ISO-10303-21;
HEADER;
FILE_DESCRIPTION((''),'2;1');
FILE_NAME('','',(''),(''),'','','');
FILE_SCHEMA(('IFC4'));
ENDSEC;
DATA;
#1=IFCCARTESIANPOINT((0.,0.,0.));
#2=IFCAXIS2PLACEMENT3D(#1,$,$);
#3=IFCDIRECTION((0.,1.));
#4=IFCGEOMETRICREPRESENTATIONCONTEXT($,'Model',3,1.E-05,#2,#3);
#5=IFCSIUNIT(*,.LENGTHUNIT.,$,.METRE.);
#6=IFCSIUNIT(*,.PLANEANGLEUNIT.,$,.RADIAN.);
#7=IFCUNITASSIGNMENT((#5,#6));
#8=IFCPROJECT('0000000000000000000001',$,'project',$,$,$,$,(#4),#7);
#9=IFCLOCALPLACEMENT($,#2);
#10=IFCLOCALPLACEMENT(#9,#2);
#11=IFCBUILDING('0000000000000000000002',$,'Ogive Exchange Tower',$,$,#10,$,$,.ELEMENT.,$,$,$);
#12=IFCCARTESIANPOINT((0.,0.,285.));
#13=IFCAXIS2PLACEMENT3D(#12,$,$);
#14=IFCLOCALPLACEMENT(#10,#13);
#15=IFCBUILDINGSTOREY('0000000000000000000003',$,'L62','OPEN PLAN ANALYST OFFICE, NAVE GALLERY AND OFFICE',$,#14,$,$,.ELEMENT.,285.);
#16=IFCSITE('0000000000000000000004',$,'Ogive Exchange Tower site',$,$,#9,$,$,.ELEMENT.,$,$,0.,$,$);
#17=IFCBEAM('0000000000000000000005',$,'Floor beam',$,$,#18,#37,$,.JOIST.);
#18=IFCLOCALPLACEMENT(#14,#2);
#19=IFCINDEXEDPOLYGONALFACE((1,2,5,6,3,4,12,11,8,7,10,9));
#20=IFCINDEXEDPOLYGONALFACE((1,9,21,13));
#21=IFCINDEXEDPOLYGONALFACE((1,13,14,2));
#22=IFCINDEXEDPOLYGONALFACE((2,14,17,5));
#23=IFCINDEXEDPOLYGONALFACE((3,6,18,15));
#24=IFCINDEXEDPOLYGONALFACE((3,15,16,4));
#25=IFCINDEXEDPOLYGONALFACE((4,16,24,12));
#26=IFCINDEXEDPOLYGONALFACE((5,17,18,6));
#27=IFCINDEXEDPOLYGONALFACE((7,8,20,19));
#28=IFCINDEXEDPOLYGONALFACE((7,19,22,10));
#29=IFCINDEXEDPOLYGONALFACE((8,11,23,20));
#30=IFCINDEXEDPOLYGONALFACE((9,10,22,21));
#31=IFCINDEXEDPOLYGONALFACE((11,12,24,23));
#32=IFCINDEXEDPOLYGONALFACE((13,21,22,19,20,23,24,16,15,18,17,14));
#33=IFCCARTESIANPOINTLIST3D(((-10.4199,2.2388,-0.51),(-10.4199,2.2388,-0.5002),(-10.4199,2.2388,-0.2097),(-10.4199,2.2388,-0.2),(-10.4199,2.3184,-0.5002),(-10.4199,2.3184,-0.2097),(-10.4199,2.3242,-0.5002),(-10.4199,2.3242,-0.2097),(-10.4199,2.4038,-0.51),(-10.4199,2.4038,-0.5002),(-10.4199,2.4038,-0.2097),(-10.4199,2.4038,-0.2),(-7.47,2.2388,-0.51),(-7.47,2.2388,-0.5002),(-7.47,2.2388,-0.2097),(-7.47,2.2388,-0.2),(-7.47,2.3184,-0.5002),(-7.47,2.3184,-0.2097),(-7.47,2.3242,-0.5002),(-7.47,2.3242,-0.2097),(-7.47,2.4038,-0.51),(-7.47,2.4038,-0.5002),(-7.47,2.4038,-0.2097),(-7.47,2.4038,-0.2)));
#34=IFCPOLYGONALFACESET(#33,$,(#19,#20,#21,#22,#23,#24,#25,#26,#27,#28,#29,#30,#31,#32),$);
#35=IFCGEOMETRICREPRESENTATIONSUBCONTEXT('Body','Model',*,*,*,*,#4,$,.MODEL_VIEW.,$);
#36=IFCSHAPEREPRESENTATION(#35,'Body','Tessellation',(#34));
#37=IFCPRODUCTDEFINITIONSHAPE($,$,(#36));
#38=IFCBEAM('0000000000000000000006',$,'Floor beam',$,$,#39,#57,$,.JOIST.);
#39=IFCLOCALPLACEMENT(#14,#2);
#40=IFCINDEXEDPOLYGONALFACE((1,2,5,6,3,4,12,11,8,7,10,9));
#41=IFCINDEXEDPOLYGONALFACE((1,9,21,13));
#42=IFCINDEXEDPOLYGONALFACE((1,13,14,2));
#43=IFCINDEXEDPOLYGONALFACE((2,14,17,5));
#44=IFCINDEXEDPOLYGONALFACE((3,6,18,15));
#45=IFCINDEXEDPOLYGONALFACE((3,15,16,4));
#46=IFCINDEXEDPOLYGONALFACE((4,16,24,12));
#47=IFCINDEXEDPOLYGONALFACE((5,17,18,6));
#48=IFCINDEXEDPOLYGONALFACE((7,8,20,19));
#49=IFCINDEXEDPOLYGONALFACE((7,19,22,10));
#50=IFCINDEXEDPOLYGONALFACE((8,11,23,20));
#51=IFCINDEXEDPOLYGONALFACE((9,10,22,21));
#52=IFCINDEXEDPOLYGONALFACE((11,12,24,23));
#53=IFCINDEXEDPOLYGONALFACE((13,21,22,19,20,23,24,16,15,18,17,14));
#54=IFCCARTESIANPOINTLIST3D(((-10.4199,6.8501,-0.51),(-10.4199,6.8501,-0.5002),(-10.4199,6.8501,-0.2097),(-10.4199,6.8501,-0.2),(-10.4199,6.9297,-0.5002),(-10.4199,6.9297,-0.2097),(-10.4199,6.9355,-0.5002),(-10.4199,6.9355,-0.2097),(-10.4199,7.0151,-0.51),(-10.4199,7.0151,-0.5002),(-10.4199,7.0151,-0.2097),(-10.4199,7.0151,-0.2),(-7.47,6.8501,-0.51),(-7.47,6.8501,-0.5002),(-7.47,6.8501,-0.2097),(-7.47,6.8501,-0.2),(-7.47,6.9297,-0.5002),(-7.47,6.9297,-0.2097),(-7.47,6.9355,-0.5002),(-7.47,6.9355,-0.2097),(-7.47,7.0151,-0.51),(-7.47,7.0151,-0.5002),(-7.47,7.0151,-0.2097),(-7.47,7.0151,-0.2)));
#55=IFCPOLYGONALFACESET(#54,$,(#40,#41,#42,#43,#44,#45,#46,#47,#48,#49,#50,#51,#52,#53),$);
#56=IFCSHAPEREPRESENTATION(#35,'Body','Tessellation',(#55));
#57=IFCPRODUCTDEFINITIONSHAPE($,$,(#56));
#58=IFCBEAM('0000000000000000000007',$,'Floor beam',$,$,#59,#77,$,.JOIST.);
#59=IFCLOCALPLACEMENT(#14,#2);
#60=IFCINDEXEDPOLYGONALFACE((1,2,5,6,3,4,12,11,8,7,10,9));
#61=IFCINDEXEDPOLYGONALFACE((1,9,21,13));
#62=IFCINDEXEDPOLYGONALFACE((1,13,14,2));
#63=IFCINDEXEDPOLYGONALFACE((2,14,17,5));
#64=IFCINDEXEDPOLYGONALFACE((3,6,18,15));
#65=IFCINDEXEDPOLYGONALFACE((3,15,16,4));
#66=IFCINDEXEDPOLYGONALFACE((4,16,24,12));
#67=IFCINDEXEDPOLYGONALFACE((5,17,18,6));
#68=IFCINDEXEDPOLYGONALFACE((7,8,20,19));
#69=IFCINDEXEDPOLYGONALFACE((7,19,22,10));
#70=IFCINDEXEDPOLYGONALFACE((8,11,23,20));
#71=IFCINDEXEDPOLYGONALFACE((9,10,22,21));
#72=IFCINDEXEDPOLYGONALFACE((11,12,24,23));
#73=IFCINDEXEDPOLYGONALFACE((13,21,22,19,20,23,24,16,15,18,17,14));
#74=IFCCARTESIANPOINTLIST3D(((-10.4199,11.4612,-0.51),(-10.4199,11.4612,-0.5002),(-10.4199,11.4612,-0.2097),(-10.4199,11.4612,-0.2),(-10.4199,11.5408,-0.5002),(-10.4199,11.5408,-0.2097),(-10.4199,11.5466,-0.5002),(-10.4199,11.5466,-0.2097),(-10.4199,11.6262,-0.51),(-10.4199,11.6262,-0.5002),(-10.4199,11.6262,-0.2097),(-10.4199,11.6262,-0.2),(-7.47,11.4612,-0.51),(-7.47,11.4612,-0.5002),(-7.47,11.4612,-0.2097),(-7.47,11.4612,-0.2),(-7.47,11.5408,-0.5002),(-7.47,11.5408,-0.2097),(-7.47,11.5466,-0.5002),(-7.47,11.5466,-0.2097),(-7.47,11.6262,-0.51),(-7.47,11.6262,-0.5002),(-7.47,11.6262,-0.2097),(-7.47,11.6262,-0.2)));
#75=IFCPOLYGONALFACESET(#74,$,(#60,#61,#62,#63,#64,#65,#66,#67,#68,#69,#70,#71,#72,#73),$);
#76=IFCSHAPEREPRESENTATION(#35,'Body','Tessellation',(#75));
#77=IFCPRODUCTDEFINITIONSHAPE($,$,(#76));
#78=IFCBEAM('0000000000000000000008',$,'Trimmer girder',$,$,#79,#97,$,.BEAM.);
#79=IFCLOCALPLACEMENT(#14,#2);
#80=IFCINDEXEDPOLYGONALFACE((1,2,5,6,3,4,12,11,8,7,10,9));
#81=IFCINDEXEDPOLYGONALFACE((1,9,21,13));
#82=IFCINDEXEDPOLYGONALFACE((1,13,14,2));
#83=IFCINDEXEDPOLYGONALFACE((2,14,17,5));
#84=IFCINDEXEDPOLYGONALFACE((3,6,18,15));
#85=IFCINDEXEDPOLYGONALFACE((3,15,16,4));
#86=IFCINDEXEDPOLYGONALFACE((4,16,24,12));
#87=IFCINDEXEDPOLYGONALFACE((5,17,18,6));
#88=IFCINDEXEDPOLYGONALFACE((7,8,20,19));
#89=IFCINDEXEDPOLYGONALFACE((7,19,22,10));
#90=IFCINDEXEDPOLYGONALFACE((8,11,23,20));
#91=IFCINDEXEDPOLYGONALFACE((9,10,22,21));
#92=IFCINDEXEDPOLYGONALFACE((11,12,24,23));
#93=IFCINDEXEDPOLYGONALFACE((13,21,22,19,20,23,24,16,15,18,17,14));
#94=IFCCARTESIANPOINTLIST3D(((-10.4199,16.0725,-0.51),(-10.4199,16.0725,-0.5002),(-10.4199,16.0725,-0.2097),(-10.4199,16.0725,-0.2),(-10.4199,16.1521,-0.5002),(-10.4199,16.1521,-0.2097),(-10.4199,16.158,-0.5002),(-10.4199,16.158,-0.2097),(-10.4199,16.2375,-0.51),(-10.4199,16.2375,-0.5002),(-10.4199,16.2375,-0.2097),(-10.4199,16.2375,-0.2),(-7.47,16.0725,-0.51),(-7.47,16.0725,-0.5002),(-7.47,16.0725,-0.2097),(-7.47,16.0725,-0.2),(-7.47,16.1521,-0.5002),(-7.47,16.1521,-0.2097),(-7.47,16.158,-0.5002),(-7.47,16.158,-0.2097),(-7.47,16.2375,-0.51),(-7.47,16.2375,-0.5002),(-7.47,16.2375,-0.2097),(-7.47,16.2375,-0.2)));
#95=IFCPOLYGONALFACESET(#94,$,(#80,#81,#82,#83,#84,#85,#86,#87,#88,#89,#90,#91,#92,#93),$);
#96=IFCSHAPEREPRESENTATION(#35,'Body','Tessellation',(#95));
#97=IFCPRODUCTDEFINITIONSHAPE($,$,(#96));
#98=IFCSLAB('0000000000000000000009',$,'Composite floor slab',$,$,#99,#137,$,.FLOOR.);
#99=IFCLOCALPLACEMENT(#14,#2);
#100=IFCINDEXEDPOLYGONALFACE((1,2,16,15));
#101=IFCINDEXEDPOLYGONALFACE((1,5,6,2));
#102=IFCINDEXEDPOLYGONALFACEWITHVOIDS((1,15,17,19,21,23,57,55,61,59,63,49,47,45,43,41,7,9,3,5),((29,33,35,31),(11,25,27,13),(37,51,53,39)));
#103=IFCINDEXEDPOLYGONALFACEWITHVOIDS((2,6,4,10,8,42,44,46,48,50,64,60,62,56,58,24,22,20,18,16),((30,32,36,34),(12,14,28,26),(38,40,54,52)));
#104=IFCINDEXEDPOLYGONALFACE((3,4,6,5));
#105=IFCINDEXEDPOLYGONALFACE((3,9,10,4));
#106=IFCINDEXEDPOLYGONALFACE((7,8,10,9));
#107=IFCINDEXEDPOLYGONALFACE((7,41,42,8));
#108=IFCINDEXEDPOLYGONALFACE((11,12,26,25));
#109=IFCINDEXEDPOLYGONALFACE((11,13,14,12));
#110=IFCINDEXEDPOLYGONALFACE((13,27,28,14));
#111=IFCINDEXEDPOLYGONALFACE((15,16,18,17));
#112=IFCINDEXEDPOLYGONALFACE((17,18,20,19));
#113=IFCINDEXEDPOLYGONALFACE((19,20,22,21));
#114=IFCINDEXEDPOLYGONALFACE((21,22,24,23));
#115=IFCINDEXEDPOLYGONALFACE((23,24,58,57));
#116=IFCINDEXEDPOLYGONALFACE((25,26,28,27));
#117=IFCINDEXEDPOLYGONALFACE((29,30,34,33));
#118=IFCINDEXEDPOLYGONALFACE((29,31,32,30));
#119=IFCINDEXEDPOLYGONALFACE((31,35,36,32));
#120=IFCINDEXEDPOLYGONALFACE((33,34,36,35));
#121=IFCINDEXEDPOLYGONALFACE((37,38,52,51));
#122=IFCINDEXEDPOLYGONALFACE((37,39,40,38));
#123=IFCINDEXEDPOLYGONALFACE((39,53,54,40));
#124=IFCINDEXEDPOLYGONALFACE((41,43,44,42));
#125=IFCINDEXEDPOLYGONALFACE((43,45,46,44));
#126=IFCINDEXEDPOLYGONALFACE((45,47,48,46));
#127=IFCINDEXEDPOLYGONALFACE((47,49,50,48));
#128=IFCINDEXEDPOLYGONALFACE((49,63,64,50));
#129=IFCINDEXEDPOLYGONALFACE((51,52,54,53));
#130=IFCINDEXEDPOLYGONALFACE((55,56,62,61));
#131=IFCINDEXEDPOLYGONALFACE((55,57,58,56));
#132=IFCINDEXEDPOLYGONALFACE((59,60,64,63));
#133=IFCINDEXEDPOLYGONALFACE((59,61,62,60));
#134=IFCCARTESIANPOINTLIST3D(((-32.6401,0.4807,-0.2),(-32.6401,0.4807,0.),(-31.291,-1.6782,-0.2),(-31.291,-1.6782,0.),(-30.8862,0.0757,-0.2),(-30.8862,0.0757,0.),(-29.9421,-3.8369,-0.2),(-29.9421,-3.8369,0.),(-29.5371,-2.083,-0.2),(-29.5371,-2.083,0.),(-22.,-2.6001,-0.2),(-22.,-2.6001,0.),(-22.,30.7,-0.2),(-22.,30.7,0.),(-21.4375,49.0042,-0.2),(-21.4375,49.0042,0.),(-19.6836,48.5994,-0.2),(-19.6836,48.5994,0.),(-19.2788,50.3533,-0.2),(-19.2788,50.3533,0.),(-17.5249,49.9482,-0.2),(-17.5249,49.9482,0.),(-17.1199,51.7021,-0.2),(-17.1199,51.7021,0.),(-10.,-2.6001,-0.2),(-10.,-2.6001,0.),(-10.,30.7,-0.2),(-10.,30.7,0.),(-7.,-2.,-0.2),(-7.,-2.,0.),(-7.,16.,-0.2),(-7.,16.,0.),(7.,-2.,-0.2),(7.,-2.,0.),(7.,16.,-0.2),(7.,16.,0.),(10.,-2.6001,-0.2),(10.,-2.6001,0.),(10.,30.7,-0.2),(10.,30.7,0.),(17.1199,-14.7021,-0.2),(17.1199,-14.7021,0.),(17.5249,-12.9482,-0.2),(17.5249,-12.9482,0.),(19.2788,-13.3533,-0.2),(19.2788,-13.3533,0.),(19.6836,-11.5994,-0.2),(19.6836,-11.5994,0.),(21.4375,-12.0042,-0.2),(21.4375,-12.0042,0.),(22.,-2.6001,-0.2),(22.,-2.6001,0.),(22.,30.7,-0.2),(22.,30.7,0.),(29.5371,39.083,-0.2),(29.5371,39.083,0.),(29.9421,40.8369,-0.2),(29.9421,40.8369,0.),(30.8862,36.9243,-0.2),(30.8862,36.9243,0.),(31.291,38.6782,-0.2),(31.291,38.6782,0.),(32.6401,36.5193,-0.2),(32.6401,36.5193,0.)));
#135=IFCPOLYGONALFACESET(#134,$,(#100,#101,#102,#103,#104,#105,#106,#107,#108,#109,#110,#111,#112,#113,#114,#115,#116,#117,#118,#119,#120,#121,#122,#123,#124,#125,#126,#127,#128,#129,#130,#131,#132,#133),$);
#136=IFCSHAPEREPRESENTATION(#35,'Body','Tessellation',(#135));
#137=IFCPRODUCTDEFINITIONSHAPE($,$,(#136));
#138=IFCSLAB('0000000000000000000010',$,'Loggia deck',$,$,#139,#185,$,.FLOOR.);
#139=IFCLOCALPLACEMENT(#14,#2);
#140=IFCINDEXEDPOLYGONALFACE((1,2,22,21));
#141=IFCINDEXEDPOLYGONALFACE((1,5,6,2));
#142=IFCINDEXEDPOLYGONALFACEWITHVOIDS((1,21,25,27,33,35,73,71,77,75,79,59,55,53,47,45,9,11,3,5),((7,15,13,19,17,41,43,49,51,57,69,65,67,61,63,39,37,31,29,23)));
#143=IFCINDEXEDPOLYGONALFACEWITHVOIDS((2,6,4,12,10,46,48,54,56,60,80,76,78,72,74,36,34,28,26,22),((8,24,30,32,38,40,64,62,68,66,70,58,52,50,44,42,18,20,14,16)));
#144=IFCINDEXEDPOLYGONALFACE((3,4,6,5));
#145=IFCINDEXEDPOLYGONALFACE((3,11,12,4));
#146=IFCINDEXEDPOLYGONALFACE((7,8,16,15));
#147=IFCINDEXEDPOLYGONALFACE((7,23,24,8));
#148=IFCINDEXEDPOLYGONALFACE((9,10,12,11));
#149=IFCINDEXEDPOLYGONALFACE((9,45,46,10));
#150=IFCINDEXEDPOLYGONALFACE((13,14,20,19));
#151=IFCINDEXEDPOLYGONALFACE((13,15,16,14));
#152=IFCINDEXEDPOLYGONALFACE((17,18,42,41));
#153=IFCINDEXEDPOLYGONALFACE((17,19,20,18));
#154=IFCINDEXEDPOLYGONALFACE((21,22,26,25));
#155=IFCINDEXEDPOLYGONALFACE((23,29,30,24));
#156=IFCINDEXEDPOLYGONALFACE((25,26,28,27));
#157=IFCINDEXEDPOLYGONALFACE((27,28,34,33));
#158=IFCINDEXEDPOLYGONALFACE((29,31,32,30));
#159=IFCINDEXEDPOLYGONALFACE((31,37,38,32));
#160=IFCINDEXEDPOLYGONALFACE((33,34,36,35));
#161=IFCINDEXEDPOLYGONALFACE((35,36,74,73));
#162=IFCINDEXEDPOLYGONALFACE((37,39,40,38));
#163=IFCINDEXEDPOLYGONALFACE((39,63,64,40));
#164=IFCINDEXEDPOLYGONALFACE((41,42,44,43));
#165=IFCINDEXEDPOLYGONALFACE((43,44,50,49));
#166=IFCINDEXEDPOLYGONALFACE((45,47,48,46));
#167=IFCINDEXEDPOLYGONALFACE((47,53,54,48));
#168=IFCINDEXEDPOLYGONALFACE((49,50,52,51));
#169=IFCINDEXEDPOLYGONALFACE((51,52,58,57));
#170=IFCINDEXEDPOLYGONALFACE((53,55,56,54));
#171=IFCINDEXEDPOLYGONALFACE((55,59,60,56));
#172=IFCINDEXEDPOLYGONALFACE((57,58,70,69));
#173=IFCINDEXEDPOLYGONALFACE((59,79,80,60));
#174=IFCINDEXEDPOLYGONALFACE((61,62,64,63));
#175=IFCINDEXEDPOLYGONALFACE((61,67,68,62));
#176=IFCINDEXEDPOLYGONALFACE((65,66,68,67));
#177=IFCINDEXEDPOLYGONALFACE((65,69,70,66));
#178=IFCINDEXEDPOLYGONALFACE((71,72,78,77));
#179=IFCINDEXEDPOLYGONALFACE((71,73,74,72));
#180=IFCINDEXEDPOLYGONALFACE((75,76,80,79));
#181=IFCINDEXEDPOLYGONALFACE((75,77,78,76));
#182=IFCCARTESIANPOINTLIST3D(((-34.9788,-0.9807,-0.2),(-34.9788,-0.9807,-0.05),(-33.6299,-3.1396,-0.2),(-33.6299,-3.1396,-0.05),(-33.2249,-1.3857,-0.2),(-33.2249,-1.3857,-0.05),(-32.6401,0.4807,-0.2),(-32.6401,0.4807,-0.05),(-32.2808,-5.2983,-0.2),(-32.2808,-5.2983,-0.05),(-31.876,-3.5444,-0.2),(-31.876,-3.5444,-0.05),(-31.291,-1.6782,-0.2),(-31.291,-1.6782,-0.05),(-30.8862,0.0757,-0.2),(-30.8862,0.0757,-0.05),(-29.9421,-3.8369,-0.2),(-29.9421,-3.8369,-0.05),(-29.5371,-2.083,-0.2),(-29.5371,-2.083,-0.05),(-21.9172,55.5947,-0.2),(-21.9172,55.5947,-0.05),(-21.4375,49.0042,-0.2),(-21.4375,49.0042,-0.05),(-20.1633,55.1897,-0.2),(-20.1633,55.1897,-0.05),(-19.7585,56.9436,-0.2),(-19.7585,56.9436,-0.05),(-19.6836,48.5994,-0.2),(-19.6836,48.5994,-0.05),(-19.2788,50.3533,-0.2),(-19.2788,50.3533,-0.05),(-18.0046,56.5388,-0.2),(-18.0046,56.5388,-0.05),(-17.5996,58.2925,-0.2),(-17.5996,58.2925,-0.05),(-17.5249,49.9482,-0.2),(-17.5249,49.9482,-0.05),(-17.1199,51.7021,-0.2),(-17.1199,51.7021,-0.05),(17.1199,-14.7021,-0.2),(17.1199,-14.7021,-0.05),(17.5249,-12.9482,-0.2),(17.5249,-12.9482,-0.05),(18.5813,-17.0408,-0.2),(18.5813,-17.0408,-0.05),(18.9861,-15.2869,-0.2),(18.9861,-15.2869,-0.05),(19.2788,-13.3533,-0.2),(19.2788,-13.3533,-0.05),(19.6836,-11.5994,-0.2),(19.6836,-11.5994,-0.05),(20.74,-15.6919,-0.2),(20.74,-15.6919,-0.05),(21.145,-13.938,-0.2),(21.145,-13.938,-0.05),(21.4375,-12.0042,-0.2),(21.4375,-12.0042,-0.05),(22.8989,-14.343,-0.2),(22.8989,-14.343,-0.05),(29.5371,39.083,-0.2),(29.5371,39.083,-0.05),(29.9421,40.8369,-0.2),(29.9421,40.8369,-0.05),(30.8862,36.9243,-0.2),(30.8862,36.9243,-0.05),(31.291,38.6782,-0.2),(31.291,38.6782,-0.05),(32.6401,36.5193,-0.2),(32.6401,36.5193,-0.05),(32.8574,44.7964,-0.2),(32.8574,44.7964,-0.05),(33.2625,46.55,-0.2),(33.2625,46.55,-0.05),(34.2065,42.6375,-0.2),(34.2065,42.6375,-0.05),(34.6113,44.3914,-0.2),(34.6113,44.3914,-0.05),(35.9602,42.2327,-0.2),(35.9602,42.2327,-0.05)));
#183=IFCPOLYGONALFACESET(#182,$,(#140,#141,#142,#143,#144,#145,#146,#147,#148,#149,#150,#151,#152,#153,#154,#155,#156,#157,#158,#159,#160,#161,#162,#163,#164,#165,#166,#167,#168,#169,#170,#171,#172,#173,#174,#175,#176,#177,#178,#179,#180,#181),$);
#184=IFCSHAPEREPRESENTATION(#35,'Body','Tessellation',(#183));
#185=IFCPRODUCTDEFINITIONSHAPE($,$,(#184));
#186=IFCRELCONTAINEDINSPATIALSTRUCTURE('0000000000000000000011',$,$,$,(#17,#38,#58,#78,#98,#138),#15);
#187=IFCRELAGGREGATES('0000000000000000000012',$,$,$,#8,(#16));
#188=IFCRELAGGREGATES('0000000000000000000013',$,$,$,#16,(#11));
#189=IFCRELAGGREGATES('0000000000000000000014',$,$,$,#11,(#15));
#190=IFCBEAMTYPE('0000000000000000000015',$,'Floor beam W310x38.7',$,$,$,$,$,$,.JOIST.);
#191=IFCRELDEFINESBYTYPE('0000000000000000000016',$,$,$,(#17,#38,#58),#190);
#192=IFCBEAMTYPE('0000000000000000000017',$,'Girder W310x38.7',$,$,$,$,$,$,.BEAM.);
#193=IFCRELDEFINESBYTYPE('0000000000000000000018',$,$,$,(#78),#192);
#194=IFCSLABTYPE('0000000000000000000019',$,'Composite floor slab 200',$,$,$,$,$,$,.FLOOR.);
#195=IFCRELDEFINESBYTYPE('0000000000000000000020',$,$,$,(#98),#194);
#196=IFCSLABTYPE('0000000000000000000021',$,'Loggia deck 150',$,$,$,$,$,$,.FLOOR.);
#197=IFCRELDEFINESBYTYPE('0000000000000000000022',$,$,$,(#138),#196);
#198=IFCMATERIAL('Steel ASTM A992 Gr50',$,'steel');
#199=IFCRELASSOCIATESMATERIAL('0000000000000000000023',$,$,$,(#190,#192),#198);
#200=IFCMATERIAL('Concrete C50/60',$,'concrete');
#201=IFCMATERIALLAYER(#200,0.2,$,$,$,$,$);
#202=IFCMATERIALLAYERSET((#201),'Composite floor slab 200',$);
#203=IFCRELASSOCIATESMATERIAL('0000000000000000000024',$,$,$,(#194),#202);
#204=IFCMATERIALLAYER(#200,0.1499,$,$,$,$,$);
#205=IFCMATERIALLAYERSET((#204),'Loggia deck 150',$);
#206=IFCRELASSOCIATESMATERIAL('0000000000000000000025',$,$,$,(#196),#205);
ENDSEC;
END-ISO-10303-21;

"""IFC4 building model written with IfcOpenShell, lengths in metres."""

from ifc_helpers import new_model, si_unit, direction, frame, origin, origin_2d, place, context, subcontext, project, spatial, polyline, i_section, outline, extrude, material, layer, layer_set, material_profile, profile_set, type_object, element, save


model = new_model("IFC4")

# Units and contexts
model_context = context("Model", 3, precision=1e-05, world=origin(), true_north=direction((0.0, 1.0)))
body_context = subcontext(model_context, "Body", "Model", "MODEL_VIEW")
ifc_project = project(units=[si_unit("LENGTHUNIT", "METRE"), si_unit("PLANEANGLEUNIT", "RADIAN")], contexts=[model_context])

# Site, building, storey
site_placement = place(None, origin())
site = spatial("IfcSite", under=ifc_project, at=site_placement, Name="Ogive Exchange Tower site", CompositionType="ELEMENT", RefElevation=0.0)
building_placement = place(site_placement, origin())
building = spatial("IfcBuilding", under=site, at=building_placement, Name="Ogive Exchange Tower", CompositionType="ELEMENT")
storey_placement = place(building_placement, frame((0.0, 0.0, 285.0)))
storey = spatial("IfcBuildingStorey", under=building, at=storey_placement, Name="L62", Description="OPEN PLAN ANALYST OFFICE, NAVE GALLERY AND OFFICE", CompositionType="ELEMENT", Elevation=285.0)

# Beams
ifc_material_1 = material(Name="Steel ASTM A992 Gr50", Category="steel")
ifc_material_profile_1 = material_profile(ifc_material_1, i_section(OverallWidth=0.165, OverallDepth=0.3101, WebThickness=0.0059, FlangeThickness=0.0098, at=origin_2d()), Name="W310x38.7")
ifc_profile_set_1 = profile_set([ifc_material_profile_1], Name="Steel ASTM A992 Gr50")
beam_type_1 = type_object("IfcBeamType", Name="Floor beam W310x38.7", PredefinedType="JOIST", material=ifc_profile_set_1)
for number, where, z_axis, x_axis, name in (
    (1, (-10.4199, 2.3213, -0.355), (1.0, 0.0, 0.0), (0.0, 1.0, 0.0), "Floor beam"),
    (2, (-10.4199, 6.9326, -0.355), (1.0, 0.0, 0.0), (0.0, 1.0, 0.0), "Floor beam"),
    (3, (-10.4199, 11.5437, -0.355), (1.0, 0.0, 0.0), (0.0, 1.0, 0.0), "Floor beam"),
):
    element("IfcBeam", number, at=place(storey_placement, frame(where, z_axis=z_axis, x_axis=x_axis)), inside=storey, type_object=beam_type_1, Name=name, PredefinedType="JOIST", context=body_context, shape_type="SweptSolid", body=[
        extrude(i_section(OverallWidth=0.165, OverallDepth=0.3101, WebThickness=0.0059, FlangeThickness=0.0098, at=origin_2d()), origin(), (0.0, 0.0, 1.0), 2.95),
    ])
ifc_material_profile_2 = material_profile(ifc_material_1, i_section(OverallWidth=0.165, OverallDepth=0.3101, WebThickness=0.0059, FlangeThickness=0.0098, at=origin_2d()), Name="W310x38.7")
ifc_profile_set_2 = profile_set([ifc_material_profile_2], Name="Steel ASTM A992 Gr50")
beam_type_2 = type_object("IfcBeamType", Name="Girder W310x38.7", PredefinedType="BEAM", material=ifc_profile_set_2)
beam_placement = place(storey_placement, frame((-10.4199, 16.155, -0.355), z_axis=(1.0, 0.0, 0.0), x_axis=(0.0, 1.0, 0.0)))
element("IfcBeam", 4, at=beam_placement, inside=storey, type_object=beam_type_2, Name="Trimmer girder", PredefinedType="BEAM", context=body_context, shape_type="SweptSolid", body=[
    extrude(i_section(OverallWidth=0.165, OverallDepth=0.3101, WebThickness=0.0059, FlangeThickness=0.0098, at=origin_2d()), origin(), (0.0, 0.0, 1.0), 2.95),
])

# Slabs
ifc_material_2 = material(Name="Concrete C50/60", Category="concrete")
ifc_layer_1 = layer(ifc_material_2, 0.2)
ifc_layer_set_1 = layer_set([ifc_layer_1], Name="Composite floor slab 200")
slab_type_1 = type_object("IfcSlabType", Name="Composite floor slab 200", PredefinedType="FLOOR", material=ifc_layer_set_1)
slab_1_placement = place(storey_placement, frame((0.0, 0.0, -0.2)))
element("IfcSlab", 5, at=slab_1_placement, inside=storey, type_object=slab_type_1, Name="Composite floor slab", PredefinedType="FLOOR", context=body_context, shape_type="SweptSolid", body=[
    extrude(outline(polyline([(-29.5371, -2.083), (-31.291, -1.6782), (-30.8862, 0.0757), (-32.6401, 0.4807), (-21.4375, 49.0042), (-19.6836, 48.5994), (-19.2788, 50.3533), (-17.5249, 49.9482), (-17.1199, 51.7021), (29.9421, 40.8369), (29.5371, 39.083), (31.291, 38.6782), (30.8862, 36.9243), (32.6401, 36.5193), (21.4375, -12.0042), (19.6836, -11.5994), (19.2788, -13.3533), (17.5249, -12.9482), (17.1199, -14.7021), (-29.9421, -3.8369), (-29.5371, -2.083)]), holes=[polyline([(7.0, -2.0), (7.0, 16.0), (-7.0, 16.0), (-7.0, -2.0), (7.0, -2.0)]), polyline([(-22.0, -2.6001), (-10.0, -2.6001), (-10.0, 30.7), (-22.0, 30.7), (-22.0, -2.6001)]), polyline([(10.0, -2.6001), (22.0, -2.6001), (22.0, 30.7), (10.0, 30.7), (10.0, -2.6001)])]), origin(), (0.0, 0.0, 1.0), 0.2),
])
ifc_layer_2 = layer(ifc_material_2, 0.1499)
ifc_layer_set_2 = layer_set([ifc_layer_2], Name="Loggia deck 150")
slab_type_2 = type_object("IfcSlabType", Name="Loggia deck 150", PredefinedType="FLOOR", material=ifc_layer_set_2)
slab_2_placement = place(storey_placement, frame((0.0, 0.0, -0.2)))
element("IfcSlab", 6, at=slab_2_placement, inside=storey, type_object=slab_type_2, Name="Loggia deck", PredefinedType="FLOOR", context=body_context, shape_type="SweptSolid", body=[
    extrude(outline(polyline([(-31.876, -3.5444), (-33.6299, -3.1396), (-33.2249, -1.3857), (-34.9788, -0.9807), (-21.9172, 55.5947), (-20.1633, 55.1897), (-19.7585, 56.9436), (-18.0046, 56.5388), (-17.5996, 58.2925), (33.2625, 46.55), (32.8574, 44.7964), (34.6113, 44.3914), (34.2065, 42.6375), (35.9602, 42.2327), (22.8989, -14.343), (21.145, -13.938), (20.74, -15.6919), (18.9861, -15.2869), (18.5813, -17.0408), (-32.2808, -5.2983), (-31.876, -3.5444)]), holes=[polyline([(17.5249, -12.9482), (19.2788, -13.3533), (19.6836, -11.5994), (21.4375, -12.0042), (32.6401, 36.5193), (30.8862, 36.9243), (31.291, 38.6782), (29.5371, 39.083), (29.9421, 40.8369), (-17.1199, 51.7021), (-17.5249, 49.9482), (-19.2788, 50.3533), (-19.6836, 48.5994), (-21.4375, 49.0042), (-32.6401, 0.4807), (-30.8862, 0.0757), (-31.291, -1.6782), (-29.5371, -2.083), (-29.9421, -3.8369), (17.1199, -14.7021), (17.5249, -12.9482)])]), origin(), (0.0, 0.0, 1.0), 0.1499),
])

save(model, "model.ifc")
